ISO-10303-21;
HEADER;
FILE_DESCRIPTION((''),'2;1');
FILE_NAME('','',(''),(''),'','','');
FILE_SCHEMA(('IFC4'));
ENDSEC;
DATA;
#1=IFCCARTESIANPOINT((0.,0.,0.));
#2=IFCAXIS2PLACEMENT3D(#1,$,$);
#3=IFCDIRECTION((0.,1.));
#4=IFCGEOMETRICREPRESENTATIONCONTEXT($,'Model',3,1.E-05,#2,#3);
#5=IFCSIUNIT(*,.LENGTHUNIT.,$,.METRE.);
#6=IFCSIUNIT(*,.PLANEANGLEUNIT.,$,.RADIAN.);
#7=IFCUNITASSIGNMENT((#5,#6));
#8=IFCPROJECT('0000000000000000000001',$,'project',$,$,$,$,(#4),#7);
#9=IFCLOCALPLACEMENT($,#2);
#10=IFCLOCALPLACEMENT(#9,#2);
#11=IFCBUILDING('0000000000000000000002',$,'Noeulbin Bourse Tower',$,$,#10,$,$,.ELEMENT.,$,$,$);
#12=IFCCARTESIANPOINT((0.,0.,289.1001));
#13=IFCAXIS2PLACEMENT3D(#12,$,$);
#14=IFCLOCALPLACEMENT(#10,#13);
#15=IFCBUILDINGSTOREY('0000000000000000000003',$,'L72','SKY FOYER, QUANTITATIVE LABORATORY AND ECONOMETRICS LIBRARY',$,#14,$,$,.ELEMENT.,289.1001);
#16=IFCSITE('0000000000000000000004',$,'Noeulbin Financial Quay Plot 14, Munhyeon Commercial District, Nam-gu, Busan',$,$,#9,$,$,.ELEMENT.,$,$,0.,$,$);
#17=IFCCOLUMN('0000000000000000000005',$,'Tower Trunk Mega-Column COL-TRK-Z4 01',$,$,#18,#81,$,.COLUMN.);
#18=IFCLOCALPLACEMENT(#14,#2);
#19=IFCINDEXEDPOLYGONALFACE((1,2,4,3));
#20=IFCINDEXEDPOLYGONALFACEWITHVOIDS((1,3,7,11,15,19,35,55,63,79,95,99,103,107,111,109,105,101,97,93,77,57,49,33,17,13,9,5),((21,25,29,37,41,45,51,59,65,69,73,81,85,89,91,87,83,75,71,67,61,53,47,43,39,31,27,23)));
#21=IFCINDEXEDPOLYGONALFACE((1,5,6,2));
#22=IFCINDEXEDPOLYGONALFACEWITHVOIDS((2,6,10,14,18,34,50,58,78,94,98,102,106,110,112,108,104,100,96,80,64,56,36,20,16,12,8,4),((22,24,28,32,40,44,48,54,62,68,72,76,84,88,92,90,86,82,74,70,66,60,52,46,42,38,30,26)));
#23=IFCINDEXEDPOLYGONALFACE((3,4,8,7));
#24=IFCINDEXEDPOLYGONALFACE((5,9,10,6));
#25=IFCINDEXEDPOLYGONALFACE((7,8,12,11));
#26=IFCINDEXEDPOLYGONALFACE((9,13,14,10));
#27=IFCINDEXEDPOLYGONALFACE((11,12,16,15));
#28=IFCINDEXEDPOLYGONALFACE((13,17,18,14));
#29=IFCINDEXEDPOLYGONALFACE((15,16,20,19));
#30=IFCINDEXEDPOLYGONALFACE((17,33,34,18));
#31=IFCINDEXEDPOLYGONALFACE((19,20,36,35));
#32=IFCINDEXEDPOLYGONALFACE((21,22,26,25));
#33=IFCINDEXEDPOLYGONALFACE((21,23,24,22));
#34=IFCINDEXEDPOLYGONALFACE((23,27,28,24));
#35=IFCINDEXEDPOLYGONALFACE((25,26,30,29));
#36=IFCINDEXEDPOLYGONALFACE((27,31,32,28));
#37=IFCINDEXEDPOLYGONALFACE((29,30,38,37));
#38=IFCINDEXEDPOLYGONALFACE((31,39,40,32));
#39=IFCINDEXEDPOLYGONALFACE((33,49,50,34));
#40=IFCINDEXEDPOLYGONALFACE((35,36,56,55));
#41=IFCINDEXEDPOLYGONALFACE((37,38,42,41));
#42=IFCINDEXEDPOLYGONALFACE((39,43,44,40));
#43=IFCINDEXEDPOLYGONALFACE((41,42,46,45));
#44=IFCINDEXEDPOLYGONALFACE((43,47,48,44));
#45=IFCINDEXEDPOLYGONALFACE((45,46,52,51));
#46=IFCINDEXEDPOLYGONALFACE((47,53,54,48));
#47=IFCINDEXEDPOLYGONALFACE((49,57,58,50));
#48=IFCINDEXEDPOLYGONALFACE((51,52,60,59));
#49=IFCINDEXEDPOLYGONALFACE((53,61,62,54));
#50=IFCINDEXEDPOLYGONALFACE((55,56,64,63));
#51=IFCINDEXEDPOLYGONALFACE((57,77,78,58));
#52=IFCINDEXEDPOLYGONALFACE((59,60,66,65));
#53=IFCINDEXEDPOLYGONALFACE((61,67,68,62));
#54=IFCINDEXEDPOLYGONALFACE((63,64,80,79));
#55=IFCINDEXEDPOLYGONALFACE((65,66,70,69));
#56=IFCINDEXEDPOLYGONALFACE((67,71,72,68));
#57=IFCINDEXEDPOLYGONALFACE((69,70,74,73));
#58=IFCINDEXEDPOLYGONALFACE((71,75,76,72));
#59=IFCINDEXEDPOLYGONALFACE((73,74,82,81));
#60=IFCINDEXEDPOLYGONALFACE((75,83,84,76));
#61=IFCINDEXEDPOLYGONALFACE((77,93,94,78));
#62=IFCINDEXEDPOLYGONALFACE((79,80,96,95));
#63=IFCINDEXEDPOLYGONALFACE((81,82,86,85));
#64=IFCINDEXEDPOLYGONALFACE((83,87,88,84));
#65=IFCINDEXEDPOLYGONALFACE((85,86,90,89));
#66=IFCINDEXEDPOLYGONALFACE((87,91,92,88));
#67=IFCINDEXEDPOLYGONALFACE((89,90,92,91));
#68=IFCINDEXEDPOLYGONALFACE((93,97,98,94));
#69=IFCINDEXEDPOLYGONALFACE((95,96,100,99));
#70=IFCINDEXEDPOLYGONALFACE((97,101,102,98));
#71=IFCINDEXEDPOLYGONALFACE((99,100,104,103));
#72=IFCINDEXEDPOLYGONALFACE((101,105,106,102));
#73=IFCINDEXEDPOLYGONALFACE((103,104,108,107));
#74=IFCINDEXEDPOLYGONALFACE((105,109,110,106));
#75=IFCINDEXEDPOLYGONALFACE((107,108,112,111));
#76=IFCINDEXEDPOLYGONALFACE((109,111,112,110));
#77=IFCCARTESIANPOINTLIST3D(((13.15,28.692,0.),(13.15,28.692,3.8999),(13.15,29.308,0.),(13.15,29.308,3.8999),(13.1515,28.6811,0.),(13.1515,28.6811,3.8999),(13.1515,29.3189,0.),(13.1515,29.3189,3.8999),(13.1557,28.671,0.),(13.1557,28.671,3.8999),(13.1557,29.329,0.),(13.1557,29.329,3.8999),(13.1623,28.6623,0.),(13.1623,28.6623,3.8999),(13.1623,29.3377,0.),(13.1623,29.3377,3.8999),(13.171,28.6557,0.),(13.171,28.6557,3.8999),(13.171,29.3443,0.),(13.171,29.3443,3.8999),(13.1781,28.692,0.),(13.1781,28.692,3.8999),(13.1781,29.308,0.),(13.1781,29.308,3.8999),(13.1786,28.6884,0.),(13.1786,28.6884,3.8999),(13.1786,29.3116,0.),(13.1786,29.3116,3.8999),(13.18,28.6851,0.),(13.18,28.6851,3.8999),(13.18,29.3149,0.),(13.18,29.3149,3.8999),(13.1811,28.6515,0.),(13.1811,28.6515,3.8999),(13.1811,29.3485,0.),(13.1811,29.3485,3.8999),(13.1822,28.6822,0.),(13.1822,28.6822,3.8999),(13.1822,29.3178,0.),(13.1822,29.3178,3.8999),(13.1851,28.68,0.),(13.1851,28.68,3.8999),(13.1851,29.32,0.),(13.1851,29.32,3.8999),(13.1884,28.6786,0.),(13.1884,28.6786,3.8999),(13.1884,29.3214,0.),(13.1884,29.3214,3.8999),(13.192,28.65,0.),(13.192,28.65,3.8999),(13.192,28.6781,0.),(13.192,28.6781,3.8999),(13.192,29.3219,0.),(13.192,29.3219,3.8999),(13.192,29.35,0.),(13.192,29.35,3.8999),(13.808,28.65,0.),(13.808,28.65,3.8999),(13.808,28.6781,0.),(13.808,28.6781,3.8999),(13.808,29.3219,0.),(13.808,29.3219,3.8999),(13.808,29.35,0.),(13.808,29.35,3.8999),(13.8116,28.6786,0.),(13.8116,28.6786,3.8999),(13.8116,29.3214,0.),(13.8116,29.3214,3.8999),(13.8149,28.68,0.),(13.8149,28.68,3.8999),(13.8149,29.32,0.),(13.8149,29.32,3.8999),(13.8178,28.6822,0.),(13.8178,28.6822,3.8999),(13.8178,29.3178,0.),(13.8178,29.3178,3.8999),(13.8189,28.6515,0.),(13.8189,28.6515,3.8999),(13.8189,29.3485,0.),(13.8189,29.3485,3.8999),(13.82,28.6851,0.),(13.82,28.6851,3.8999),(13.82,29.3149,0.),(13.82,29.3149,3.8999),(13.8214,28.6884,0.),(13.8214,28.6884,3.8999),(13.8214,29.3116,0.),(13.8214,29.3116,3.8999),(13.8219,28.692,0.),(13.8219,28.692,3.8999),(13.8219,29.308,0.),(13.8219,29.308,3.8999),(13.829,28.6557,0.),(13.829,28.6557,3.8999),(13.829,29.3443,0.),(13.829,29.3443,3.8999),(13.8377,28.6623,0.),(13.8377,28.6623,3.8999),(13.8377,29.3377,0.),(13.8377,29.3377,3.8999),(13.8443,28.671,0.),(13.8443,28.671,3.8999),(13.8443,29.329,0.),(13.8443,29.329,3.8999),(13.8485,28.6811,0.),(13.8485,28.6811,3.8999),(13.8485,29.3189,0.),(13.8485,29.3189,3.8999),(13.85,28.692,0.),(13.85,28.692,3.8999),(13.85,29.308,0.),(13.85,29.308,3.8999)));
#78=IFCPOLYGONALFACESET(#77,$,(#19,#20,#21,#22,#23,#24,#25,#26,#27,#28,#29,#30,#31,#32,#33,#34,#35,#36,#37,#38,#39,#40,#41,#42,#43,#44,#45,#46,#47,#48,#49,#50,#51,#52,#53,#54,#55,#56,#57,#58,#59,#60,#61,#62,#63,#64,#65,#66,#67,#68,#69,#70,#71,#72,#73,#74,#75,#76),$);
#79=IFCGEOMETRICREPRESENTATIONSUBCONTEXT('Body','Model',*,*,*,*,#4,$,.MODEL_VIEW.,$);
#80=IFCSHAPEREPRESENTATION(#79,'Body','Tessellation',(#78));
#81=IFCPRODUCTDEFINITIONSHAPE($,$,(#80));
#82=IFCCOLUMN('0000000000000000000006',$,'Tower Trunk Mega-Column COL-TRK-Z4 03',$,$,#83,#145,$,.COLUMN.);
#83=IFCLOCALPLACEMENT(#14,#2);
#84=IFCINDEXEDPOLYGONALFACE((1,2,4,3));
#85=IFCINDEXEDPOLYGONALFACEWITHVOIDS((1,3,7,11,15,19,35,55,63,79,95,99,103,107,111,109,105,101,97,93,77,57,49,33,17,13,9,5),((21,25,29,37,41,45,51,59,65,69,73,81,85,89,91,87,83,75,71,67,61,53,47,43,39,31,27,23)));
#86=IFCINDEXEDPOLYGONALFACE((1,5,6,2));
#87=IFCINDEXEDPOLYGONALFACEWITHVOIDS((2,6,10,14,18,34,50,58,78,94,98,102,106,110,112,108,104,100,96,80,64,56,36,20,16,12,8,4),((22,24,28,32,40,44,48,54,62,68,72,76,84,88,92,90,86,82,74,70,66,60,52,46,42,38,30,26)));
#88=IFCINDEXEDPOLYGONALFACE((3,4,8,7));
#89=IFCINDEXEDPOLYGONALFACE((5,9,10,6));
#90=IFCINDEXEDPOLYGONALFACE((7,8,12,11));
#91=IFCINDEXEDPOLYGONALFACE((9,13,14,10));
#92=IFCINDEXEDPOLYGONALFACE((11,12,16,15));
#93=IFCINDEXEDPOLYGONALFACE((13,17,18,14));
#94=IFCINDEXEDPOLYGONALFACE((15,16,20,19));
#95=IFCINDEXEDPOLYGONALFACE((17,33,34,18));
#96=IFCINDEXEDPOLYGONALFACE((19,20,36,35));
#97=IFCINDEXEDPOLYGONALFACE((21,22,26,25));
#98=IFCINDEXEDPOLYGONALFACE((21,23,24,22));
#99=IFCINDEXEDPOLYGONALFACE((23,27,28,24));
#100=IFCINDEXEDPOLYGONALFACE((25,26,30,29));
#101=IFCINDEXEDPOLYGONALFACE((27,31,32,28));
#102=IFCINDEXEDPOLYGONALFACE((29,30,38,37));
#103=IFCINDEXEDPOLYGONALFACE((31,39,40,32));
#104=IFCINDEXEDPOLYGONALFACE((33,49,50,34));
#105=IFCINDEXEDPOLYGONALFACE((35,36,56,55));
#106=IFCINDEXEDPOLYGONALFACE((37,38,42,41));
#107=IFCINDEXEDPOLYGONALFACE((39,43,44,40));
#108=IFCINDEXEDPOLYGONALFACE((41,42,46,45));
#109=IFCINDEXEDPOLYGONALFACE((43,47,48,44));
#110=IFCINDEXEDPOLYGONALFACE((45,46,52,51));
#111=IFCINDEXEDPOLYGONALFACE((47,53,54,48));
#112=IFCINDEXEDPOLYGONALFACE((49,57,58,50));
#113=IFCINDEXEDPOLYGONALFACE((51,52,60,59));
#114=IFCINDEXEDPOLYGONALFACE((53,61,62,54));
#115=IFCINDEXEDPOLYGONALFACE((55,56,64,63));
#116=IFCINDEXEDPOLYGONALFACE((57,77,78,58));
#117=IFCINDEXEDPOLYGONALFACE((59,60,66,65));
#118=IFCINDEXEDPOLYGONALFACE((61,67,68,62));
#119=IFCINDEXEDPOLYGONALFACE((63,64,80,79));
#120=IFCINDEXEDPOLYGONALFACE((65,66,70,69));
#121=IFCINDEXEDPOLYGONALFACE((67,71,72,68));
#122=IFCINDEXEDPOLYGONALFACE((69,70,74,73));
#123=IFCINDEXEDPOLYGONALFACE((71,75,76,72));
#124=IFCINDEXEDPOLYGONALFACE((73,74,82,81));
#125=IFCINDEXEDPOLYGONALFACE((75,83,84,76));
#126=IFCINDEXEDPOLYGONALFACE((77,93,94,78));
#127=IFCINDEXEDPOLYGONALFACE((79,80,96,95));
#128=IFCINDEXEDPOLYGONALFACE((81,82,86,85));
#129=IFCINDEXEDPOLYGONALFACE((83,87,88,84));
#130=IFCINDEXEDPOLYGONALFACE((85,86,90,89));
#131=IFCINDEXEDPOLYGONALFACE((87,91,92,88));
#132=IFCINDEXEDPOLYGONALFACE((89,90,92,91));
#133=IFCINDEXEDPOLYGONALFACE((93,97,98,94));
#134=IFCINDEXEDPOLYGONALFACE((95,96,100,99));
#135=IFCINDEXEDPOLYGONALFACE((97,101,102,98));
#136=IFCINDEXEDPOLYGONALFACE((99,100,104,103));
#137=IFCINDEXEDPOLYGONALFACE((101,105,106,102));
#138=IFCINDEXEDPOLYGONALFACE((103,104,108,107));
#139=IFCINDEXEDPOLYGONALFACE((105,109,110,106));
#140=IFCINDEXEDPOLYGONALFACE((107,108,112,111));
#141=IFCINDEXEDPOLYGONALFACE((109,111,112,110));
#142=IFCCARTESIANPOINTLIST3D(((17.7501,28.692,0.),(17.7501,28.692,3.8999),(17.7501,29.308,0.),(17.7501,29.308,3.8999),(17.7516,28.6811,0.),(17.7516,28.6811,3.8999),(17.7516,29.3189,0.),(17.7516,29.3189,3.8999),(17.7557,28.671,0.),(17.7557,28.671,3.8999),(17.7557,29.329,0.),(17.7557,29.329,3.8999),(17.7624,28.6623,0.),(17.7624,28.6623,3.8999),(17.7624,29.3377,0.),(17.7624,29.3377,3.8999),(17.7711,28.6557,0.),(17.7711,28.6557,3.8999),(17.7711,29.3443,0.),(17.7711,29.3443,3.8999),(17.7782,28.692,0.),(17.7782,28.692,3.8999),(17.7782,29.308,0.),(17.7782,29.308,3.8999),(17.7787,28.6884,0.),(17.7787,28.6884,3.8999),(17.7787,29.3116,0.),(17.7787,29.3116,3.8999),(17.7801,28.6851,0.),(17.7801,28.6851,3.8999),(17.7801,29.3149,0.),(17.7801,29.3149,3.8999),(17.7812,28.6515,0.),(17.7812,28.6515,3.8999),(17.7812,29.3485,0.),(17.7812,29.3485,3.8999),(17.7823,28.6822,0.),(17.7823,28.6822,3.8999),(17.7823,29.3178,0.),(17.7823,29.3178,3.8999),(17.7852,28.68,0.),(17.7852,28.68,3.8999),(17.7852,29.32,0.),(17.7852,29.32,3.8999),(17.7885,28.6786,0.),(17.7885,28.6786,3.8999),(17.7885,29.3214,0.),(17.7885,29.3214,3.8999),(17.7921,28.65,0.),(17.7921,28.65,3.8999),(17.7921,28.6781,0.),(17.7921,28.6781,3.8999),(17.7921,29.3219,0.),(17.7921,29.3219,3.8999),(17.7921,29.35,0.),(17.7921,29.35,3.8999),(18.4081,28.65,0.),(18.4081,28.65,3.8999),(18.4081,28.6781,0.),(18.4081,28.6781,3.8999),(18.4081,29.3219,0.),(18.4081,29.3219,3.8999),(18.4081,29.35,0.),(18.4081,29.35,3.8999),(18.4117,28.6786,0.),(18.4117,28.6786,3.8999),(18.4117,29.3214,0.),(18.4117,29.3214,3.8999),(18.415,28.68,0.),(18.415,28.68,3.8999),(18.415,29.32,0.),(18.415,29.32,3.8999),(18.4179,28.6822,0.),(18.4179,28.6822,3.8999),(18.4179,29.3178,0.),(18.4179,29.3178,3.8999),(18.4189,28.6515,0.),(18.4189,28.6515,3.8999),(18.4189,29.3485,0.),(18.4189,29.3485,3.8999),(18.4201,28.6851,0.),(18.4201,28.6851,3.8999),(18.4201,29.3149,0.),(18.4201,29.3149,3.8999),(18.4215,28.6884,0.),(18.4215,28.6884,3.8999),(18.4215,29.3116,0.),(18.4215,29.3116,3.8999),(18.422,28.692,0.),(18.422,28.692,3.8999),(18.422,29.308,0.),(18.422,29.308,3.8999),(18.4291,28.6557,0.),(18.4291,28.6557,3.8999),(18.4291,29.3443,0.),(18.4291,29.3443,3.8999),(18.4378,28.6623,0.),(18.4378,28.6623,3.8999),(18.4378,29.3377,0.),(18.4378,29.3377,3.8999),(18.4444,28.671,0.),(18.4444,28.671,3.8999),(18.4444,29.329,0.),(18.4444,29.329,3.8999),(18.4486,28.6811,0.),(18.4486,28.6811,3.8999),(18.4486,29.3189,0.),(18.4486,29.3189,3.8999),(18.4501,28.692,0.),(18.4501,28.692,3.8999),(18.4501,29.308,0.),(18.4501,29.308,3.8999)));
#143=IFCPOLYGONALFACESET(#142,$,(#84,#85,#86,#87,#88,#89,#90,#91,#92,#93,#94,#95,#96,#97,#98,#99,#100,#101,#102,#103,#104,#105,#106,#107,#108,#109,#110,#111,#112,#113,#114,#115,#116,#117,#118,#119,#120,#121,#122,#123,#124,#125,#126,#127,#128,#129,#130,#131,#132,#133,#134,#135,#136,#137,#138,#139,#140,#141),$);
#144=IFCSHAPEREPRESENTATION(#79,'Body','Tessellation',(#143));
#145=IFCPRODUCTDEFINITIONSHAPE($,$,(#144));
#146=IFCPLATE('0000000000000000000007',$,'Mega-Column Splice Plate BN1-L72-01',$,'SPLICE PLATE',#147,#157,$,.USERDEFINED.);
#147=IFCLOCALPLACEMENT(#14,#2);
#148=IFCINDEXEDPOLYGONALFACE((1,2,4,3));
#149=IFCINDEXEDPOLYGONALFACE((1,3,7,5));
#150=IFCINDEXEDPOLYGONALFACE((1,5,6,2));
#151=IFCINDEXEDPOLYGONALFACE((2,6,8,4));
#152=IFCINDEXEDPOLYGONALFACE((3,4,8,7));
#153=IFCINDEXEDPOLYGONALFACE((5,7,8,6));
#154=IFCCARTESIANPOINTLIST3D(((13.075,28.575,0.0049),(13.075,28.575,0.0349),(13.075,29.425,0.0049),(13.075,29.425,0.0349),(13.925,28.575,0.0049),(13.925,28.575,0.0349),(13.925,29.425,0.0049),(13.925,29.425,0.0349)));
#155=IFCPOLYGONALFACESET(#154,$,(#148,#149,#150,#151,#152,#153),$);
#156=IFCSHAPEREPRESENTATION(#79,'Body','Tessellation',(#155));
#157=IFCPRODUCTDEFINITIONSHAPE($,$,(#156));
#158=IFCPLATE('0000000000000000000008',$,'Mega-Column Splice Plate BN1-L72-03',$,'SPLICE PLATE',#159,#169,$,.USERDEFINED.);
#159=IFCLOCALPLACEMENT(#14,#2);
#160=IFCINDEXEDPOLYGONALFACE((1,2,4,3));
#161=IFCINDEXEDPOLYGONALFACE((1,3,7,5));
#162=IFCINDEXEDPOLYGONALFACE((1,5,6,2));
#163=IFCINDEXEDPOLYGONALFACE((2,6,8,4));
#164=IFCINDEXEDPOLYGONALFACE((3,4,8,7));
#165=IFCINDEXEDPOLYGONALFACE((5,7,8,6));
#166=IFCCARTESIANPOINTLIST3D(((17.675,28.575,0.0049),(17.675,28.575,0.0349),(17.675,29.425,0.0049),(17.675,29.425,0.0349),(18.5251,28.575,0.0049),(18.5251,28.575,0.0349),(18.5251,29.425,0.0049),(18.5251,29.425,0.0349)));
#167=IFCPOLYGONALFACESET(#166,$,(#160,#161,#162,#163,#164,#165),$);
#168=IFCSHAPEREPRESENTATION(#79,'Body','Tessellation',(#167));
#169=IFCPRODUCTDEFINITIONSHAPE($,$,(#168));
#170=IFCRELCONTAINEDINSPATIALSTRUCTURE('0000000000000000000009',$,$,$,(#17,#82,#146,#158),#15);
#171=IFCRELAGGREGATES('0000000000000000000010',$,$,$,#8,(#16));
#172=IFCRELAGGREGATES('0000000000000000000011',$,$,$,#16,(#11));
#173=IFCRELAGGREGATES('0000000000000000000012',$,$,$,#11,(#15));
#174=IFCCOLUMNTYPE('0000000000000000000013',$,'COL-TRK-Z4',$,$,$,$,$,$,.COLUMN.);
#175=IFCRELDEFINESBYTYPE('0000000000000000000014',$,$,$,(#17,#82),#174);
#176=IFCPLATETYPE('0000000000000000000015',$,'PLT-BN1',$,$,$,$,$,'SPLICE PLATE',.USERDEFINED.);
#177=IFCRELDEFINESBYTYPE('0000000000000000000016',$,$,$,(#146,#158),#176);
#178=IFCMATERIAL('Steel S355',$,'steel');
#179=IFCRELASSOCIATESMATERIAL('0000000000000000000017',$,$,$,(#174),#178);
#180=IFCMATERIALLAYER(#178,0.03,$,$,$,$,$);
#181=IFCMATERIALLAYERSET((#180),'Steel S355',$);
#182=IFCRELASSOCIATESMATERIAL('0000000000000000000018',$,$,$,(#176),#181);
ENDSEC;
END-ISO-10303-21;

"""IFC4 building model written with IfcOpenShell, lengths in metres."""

from ifc_helpers import new_model, si_unit, direction, frame, origin, origin_2d, place, context, subcontext, project, spatial, rectangle, hollow_rectangle, extrude, material, layer, layer_set, material_profile, profile_set, type_object, element, save


model = new_model("IFC4")

# Units and contexts
model_context = context("Model", 3, precision=1e-05, world=origin(), true_north=direction((0.0, 1.0)))
body_context = subcontext(model_context, "Body", "Model", "MODEL_VIEW")
ifc_project = project(units=[si_unit("LENGTHUNIT", "METRE"), si_unit("PLANEANGLEUNIT", "RADIAN")], contexts=[model_context])

# Site, building, storey
site_placement = place(None, origin())
site = spatial("IfcSite", under=ifc_project, at=site_placement, Name="Noeulbin Financial Quay Plot 14, Munhyeon Commercial District, Nam-gu, Busan", CompositionType="ELEMENT", RefElevation=0.0)
building_placement = place(site_placement, origin())
building = spatial("IfcBuilding", under=site, at=building_placement, Name="Noeulbin Bourse Tower", CompositionType="ELEMENT")
storey_placement = place(building_placement, frame((0.0, 0.0, 289.1001)))
storey = spatial("IfcBuildingStorey", under=building, at=storey_placement, Name="L72", Description="SKY FOYER, QUANTITATIVE LABORATORY AND ECONOMETRICS LIBRARY", CompositionType="ELEMENT", Elevation=289.1001)

# Columns
ifc_material_1 = material(Name="Steel S355", Category="steel")
ifc_material_profile = material_profile(ifc_material_1, hollow_rectangle(XDim=0.7, YDim=0.7, WallThickness=0.0281, InnerFilletRadius=0.0139, OuterFilletRadius=0.042, at=origin_2d()), Name="BOX-700x700x28", Category="LoadBearing")
ifc_profile_set = profile_set([ifc_material_profile], Name="Steel S355")
column_type = type_object("IfcColumnType", Name="COL-TRK-Z4", PredefinedType="COLUMN", material=ifc_profile_set)
for number, where, z_axis, x_axis, name in (
    (1, (13.5, 29.0, 0.0), (0.0, 0.0, 1.0), (1.0, 0.0, 0.0), "Tower Trunk Mega-Column COL-TRK-Z4 01"),
    (2, (18.1001, 29.0, 0.0), (0.0, 0.0, 1.0), (1.0, 0.0, 0.0), "Tower Trunk Mega-Column COL-TRK-Z4 03"),
):
    element("IfcColumn", number, at=place(storey_placement, frame(where, z_axis=z_axis, x_axis=x_axis)), inside=storey, type_object=column_type, Name=name, PredefinedType="COLUMN", context=body_context, shape_type="SweptSolid", body=[
        extrude(hollow_rectangle(XDim=0.7, YDim=0.7, WallThickness=0.0281, InnerFilletRadius=0.0139, OuterFilletRadius=0.042, at=origin_2d()), origin(), (0.0, 0.0, 1.0), 3.8999),
    ])

# Plates
ifc_layer_1 = layer(ifc_material_1, 0.03)
ifc_layer_set_1 = layer_set([ifc_layer_1], Name="Steel S355")
plate_type = type_object("IfcPlateType", Name="PLT-BN1", ElementType="SPLICE PLATE", PredefinedType="USERDEFINED", material=ifc_layer_set_1)
for number, where, z_axis, x_axis, name in (
    (3, (13.5, 29.0, 0.0049), (0.0, 0.0, 1.0), (1.0, 0.0, 0.0), "Mega-Column Splice Plate BN1-L72-01"),
    (4, (18.1001, 29.0, 0.0049), (0.0, 0.0, 1.0), (1.0, 0.0, 0.0), "Mega-Column Splice Plate BN1-L72-03"),
):
    element("IfcPlate", number, at=place(storey_placement, frame(where, z_axis=z_axis, x_axis=x_axis)), inside=storey, type_object=plate_type, Name=name, ObjectType="SPLICE PLATE", PredefinedType="USERDEFINED", context=body_context, shape_type="SweptSolid", body=[
        extrude(rectangle(XDim=0.8501, YDim=0.8501, at=origin_2d()), origin(), (0.0, 0.0, 1.0), 0.03),
    ])

save(model, "model.ifc")
